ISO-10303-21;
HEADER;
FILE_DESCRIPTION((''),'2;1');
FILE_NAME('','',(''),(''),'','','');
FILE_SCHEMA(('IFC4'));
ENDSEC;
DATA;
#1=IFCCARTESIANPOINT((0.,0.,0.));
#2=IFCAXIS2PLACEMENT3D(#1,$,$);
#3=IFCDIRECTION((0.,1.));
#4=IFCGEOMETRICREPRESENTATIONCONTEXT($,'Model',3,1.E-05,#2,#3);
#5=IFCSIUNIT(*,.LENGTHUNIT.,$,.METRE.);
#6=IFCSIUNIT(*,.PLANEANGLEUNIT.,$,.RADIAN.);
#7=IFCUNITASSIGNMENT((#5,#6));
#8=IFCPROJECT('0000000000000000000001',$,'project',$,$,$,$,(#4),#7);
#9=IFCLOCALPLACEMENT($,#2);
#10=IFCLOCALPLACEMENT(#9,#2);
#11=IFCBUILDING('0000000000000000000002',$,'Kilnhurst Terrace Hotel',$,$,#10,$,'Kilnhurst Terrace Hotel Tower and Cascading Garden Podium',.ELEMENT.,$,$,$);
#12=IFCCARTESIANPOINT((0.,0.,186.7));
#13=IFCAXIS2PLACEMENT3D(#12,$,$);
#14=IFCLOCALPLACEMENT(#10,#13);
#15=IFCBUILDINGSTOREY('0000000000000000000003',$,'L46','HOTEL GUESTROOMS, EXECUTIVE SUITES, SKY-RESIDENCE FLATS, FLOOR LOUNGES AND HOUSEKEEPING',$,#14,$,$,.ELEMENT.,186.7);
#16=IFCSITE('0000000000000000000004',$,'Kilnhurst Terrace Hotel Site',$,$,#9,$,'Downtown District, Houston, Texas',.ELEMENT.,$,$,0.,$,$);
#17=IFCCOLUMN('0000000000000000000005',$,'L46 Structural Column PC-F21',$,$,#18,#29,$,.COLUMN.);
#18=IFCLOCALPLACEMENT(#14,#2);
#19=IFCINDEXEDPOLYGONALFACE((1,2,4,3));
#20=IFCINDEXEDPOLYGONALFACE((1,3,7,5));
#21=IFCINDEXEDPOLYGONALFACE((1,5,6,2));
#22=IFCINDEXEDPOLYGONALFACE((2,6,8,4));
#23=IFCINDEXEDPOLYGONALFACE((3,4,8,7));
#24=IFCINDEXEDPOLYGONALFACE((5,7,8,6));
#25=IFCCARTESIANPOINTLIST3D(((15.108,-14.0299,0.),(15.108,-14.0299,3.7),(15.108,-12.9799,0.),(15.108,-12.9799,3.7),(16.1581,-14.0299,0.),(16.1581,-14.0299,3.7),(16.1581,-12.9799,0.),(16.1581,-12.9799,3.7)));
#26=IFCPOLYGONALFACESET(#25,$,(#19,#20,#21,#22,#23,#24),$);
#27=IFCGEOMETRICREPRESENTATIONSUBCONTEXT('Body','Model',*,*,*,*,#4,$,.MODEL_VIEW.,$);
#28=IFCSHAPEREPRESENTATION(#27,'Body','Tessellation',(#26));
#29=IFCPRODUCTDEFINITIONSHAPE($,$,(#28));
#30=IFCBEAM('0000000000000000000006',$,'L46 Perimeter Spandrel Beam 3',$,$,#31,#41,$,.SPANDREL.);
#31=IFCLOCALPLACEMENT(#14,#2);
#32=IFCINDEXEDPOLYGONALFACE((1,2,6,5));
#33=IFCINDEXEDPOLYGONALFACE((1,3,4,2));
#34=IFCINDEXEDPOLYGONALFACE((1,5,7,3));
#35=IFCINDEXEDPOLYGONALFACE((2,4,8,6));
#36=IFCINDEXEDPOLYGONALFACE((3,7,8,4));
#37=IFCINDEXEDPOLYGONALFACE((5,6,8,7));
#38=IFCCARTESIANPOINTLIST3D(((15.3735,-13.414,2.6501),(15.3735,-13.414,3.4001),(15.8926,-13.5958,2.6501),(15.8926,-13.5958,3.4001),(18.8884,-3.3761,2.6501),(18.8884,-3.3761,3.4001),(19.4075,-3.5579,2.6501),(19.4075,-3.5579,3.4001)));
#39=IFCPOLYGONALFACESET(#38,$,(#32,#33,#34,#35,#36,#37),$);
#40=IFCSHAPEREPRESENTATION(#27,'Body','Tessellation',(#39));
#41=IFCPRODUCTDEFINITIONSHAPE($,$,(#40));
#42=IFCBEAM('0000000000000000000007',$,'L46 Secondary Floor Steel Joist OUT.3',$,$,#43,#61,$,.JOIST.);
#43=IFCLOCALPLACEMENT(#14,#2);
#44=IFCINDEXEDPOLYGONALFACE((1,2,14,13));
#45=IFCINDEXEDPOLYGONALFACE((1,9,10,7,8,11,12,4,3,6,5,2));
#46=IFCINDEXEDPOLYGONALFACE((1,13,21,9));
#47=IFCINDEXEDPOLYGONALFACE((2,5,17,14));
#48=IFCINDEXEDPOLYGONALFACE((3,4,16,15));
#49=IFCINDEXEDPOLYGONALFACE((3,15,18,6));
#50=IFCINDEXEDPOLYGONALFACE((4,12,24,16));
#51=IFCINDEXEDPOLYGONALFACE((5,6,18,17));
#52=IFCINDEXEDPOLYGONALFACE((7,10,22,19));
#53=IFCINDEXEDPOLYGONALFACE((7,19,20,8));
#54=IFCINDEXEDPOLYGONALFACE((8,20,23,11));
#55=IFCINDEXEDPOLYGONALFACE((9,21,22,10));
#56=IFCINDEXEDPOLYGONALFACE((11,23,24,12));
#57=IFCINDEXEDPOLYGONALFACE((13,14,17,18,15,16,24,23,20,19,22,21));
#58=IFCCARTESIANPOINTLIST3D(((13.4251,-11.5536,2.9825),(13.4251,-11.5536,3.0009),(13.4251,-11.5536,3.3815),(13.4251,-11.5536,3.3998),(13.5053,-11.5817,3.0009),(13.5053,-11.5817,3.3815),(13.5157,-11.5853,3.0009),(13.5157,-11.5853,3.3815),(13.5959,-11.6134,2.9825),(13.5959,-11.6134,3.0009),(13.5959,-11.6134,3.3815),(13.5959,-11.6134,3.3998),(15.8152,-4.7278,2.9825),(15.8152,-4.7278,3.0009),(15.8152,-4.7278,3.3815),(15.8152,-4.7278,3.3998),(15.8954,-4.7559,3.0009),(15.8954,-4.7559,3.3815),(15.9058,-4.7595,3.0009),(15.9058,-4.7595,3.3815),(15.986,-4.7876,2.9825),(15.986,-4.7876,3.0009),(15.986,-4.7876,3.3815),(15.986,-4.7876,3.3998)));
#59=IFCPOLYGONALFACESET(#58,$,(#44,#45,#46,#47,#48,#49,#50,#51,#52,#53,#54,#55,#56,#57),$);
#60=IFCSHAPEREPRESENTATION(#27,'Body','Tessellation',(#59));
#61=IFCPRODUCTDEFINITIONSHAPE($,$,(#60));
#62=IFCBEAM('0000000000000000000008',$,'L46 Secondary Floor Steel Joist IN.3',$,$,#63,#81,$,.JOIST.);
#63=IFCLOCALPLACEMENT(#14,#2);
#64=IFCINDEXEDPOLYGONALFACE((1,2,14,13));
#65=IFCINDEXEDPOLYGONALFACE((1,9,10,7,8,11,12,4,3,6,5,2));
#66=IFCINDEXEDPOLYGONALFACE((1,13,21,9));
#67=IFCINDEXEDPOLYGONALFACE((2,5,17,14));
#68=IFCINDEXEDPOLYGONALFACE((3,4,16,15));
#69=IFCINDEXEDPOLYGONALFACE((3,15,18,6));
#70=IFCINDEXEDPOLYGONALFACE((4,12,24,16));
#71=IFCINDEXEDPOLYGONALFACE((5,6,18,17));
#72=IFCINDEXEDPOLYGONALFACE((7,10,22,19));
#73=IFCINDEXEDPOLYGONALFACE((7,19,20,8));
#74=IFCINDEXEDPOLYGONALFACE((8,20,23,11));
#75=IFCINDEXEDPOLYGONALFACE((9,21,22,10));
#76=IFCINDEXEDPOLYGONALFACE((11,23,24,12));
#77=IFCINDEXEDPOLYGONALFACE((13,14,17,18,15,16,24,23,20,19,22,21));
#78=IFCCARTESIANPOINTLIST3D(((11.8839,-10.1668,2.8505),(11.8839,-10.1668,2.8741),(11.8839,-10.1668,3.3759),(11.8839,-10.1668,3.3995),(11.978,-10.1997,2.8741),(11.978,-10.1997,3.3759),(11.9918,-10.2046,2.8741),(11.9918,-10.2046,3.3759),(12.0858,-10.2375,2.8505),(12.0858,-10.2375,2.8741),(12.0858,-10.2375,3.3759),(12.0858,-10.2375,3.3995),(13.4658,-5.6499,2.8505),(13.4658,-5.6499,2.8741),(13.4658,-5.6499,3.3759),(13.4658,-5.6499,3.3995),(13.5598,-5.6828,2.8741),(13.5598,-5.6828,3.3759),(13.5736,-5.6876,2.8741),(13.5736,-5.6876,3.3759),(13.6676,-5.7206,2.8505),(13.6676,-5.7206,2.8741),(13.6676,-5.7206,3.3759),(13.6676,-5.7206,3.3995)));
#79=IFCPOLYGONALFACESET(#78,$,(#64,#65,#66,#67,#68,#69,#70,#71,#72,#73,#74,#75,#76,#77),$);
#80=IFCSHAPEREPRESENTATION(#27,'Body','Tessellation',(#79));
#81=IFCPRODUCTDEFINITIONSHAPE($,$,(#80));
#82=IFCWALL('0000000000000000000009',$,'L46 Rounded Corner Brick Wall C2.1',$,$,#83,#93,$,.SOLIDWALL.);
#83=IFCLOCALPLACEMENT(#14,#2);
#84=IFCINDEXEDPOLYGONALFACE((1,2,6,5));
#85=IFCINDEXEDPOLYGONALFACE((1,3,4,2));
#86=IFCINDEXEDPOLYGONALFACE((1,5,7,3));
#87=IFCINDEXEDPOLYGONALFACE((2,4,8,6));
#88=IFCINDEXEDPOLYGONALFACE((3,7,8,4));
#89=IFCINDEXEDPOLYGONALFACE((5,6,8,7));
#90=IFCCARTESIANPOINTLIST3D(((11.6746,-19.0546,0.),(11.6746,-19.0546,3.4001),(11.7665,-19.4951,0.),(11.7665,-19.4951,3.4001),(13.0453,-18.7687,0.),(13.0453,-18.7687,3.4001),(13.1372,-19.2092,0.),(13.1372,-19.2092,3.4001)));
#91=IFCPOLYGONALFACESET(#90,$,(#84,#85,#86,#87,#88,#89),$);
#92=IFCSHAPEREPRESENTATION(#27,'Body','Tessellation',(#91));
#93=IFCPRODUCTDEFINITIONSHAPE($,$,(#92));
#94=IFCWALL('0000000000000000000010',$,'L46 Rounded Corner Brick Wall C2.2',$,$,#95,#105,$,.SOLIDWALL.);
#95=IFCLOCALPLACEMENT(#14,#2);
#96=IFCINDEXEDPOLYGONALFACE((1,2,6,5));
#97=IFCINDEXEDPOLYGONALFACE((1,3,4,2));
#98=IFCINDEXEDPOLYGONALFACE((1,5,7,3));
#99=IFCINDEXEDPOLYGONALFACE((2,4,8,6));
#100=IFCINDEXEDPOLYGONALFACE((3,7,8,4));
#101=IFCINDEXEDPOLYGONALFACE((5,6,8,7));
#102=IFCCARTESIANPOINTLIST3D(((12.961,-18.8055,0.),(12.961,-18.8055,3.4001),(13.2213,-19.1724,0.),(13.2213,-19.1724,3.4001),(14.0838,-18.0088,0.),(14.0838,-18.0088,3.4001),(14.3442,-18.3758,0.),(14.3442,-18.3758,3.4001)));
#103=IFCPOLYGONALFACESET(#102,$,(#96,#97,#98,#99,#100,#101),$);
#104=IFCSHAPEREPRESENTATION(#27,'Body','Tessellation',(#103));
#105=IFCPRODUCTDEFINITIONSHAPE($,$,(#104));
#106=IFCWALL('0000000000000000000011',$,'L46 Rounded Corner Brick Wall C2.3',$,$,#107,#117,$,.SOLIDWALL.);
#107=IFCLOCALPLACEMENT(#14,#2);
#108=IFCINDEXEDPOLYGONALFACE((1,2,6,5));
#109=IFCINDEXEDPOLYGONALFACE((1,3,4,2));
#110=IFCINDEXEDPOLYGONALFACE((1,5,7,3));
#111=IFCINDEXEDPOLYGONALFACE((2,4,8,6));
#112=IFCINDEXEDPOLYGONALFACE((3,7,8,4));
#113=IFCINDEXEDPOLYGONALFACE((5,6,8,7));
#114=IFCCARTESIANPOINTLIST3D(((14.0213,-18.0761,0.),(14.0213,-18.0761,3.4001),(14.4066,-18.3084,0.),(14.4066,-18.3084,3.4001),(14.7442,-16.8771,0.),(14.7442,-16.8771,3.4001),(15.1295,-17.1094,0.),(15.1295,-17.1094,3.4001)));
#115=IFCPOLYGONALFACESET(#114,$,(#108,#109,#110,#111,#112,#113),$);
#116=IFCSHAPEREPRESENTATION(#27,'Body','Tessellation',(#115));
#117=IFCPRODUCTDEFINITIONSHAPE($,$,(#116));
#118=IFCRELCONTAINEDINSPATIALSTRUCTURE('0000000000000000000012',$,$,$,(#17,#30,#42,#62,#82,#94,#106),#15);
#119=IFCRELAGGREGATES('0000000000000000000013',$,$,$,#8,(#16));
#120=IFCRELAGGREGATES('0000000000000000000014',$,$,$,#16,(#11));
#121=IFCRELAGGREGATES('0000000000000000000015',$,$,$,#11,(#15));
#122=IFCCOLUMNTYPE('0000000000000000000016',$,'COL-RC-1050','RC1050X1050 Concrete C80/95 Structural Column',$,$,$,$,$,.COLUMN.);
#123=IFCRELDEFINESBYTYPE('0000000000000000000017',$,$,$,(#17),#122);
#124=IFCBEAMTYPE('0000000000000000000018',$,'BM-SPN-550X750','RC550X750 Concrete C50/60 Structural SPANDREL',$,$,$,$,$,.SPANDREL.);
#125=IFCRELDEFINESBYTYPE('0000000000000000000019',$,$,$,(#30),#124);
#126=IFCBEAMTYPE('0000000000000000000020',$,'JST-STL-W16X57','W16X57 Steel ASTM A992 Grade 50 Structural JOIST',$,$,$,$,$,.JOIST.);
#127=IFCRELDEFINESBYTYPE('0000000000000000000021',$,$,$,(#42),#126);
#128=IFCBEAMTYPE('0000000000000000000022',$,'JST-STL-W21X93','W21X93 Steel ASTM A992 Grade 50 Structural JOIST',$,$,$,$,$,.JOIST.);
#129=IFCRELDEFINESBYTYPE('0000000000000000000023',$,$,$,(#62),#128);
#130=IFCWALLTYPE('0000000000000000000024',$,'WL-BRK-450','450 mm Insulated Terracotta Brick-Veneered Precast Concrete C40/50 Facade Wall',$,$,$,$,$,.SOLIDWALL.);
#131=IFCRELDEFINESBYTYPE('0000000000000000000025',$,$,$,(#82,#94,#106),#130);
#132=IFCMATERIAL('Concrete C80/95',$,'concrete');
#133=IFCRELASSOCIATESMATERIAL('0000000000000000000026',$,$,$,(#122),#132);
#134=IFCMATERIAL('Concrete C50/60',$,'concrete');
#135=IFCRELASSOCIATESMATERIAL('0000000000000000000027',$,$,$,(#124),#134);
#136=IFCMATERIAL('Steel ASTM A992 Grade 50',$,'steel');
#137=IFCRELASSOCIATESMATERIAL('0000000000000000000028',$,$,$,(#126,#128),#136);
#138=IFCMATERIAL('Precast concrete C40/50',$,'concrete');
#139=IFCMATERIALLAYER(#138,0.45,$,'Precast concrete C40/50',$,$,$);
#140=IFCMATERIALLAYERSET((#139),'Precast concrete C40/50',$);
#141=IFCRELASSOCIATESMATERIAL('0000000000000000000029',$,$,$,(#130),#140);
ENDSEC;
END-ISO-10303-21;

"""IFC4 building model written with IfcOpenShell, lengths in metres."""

from ifc_helpers import new_model, si_unit, direction, frame, frame_2d, origin, origin_2d, place, context, subcontext, project, spatial, rectangle, i_section, extrude, material, layer, layer_set, material_profile, profile_set, type_object, element, save


model = new_model("IFC4")

# Units and contexts
model_context = context("Model", 3, precision=1e-05, world=origin(), true_north=direction((0.0, 1.0)))
body_context = subcontext(model_context, "Body", "Model", "MODEL_VIEW")
ifc_project = project(units=[si_unit("LENGTHUNIT", "METRE"), si_unit("PLANEANGLEUNIT", "RADIAN")], contexts=[model_context])

# Site, building, storey
site_placement = place(None, origin())
site = spatial("IfcSite", under=ifc_project, at=site_placement, Name="Kilnhurst Terrace Hotel Site", LongName="Downtown District, Houston, Texas", CompositionType="ELEMENT", RefElevation=0.0)
building_placement = place(site_placement, origin())
building = spatial("IfcBuilding", under=site, at=building_placement, Name="Kilnhurst Terrace Hotel", LongName="Kilnhurst Terrace Hotel Tower and Cascading Garden Podium", CompositionType="ELEMENT")
storey_placement = place(building_placement, frame((0.0, 0.0, 186.7)))
storey = spatial("IfcBuildingStorey", under=building, at=storey_placement, Name="L46", Description="HOTEL GUESTROOMS, EXECUTIVE SUITES, SKY-RESIDENCE FLATS, FLOOR LOUNGES AND HOUSEKEEPING", CompositionType="ELEMENT", Elevation=186.7)

# Column
ifc_material_1 = material(Name="Concrete C80/95", Category="concrete")
ifc_material_profile_1 = material_profile(ifc_material_1, rectangle(XDim=1.05, YDim=1.05, at=origin_2d()), Name="RC1050X1050")
ifc_profile_set_1 = profile_set([ifc_material_profile_1], Name="Concrete C80/95")
column_type = type_object("IfcColumnType", Name="COL-RC-1050", Description="RC1050X1050 Concrete C80/95 Structural Column", PredefinedType="COLUMN", material=ifc_profile_set_1)
column_placement = place(storey_placement, frame((15.6331, -13.5049, 0.0), z_axis=(0.0, 0.0, 1.0), x_axis=(1.0, 0.0, 0.0)))
element("IfcColumn", 1, at=column_placement, inside=storey, type_object=column_type, Name="L46 Structural Column PC-F21", PredefinedType="COLUMN", context=body_context, shape_type="SweptSolid", body=[
    extrude(rectangle(XDim=1.05, YDim=1.05, at=origin_2d()), origin(), (0.0, 0.0, 1.0), 3.7),
])

# Beams
ifc_material_2 = material(Name="Concrete C50/60", Category="concrete")
ifc_material_profile_2 = material_profile(ifc_material_2, rectangle(XDim=0.55, YDim=0.75, at=origin_2d()), Name="RC550X750")
ifc_profile_set_2 = profile_set([ifc_material_profile_2], Name="Concrete C50/60")
beam_type_1 = type_object("IfcBeamType", Name="BM-SPN-550X750", Description="RC550X750 Concrete C50/60 Structural SPANDREL", PredefinedType="SPANDREL", material=ifc_profile_set_2)
beam_1_placement = place(storey_placement, frame((15.6331, -13.5049, 3.0251), z_axis=(0.330488, 0.94381, 0.0), x_axis=(-0.94381, 0.330488, 0.0)))
element("IfcBeam", 2, at=beam_1_placement, inside=storey, type_object=beam_type_1, Name="L46 Perimeter Spandrel Beam 3", PredefinedType="SPANDREL", context=body_context, shape_type="SweptSolid", body=[
    extrude(rectangle(XDim=0.55, YDim=0.75, at=origin_2d()), origin(), (0.0, 0.0, 1.0), 10.6355),
])
ifc_material_3 = material(Name="Steel ASTM A992 Grade 50", Category="steel")
ifc_material_profile_3 = material_profile(ifc_material_3, i_section(OverallWidth=0.1809, OverallDepth=0.4172, WebThickness=0.011, FlangeThickness=0.0183, at=origin_2d()), Name="W16X57")
ifc_profile_set_3 = profile_set([ifc_material_profile_3], Name="Steel ASTM A992 Grade 50")
beam_type_2 = type_object("IfcBeamType", Name="JST-STL-W16X57", Description="W16X57 Steel ASTM A992 Grade 50 Structural JOIST", PredefinedType="JOIST", material=ifc_profile_set_3)
beam_2_placement = place(storey_placement, frame((13.5105, -11.5835, 3.1912), z_axis=(0.330481, 0.943813, 0.0), x_axis=(-0.943813, 0.330481, 0.0)))
element("IfcBeam", 3, at=beam_2_placement, inside=storey, type_object=beam_type_2, Name="L46 Secondary Floor Steel Joist OUT.3", PredefinedType="JOIST", context=body_context, shape_type="SweptSolid", body=[
    extrude(i_section(OverallWidth=0.1809, OverallDepth=0.4172, WebThickness=0.011, FlangeThickness=0.0183, at=origin_2d()), origin(), (0.0, 0.0, 1.0), 7.2322),
])
ifc_material_profile_4 = material_profile(ifc_material_3, i_section(OverallWidth=0.2139, OverallDepth=0.5491, WebThickness=0.0146, FlangeThickness=0.0237, at=origin_2d()), Name="W21X93")
ifc_profile_set_4 = profile_set([ifc_material_profile_4], Name="Steel ASTM A992 Grade 50")
beam_type_3 = type_object("IfcBeamType", Name="JST-STL-W21X93", Description="W21X93 Steel ASTM A992 Grade 50 Structural JOIST", PredefinedType="JOIST", material=ifc_profile_set_4)
beam_3_placement = place(storey_placement, frame((11.9849, -10.2021, 3.125), z_axis=(0.330516, 0.9438, 0.0), x_axis=(-0.9438, 0.330516, 0.0)))
element("IfcBeam", 4, at=beam_3_placement, inside=storey, type_object=beam_type_3, Name="L46 Secondary Floor Steel Joist IN.3", PredefinedType="JOIST", context=body_context, shape_type="SweptSolid", body=[
    extrude(i_section(OverallWidth=0.2139, OverallDepth=0.5491, WebThickness=0.0146, FlangeThickness=0.0237, at=origin_2d()), origin(), (0.0, 0.0, 1.0), 4.7859),
])

# Walls
ifc_material_4 = material(Name="Precast concrete C40/50", Category="concrete")
ifc_layer_1 = layer(ifc_material_4, 0.45, Name="Precast concrete C40/50")
ifc_layer_set_1 = layer_set([ifc_layer_1], Name="Precast concrete C40/50")
wall_type_1 = type_object("IfcWallType", Name="WL-BRK-450", Description="450 mm Insulated Terracotta Brick-Veneered Precast Concrete C40/50 Facade Wall", PredefinedType="SOLIDWALL", material=ifc_layer_set_1)
wall_1_placement = place(storey_placement, frame((11.7205, -19.2749, 0.0), z_axis=(0.0, 0.0, 1.0), x_axis=(0.978931, 0.204191, 0.0)))
element("IfcWall", 5, at=wall_1_placement, inside=storey, type_object=wall_type_1, Name="L46 Rounded Corner Brick Wall C2.1", PredefinedType="SOLIDWALL", context=body_context, shape_type="SweptSolid", body=[
    extrude(rectangle(XDim=1.4001, YDim=0.45, at=frame_2d((0.7002, 0.0))), origin(), (0.0, 0.0, 1.0), 3.4001),
])
wall_2_placement = place(storey_placement, frame((13.0911, -18.989, 0.0), z_axis=(0.0, 0.0, 1.0), x_axis=(0.815575, 0.578652, 0.0)))
element("IfcWall", 6, at=wall_2_placement, inside=storey, type_object=wall_type_1, Name="L46 Rounded Corner Brick Wall C2.2", PredefinedType="SOLIDWALL", context=body_context, shape_type="SweptSolid", body=[
    extrude(rectangle(XDim=1.3767, YDim=0.45, at=frame_2d((0.6885, 0.0))), origin(), (0.0, 0.0, 1.0), 3.4001),
])
wall_3_placement = place(storey_placement, frame((14.2139, -18.1924, 0.0), z_axis=(0.0, 0.0, 1.0), x_axis=(0.516341, 0.856383, 0.0)))
element("IfcWall", 7, at=wall_3_placement, inside=storey, type_object=wall_type_1, Name="L46 Rounded Corner Brick Wall C2.3", PredefinedType="SOLIDWALL", context=body_context, shape_type="SweptSolid", body=[
    extrude(rectangle(XDim=1.4001, YDim=0.45, at=frame_2d((0.7002, 0.0))), origin(), (0.0, 0.0, 1.0), 3.4001),
])

save(model, "model.ifc")
